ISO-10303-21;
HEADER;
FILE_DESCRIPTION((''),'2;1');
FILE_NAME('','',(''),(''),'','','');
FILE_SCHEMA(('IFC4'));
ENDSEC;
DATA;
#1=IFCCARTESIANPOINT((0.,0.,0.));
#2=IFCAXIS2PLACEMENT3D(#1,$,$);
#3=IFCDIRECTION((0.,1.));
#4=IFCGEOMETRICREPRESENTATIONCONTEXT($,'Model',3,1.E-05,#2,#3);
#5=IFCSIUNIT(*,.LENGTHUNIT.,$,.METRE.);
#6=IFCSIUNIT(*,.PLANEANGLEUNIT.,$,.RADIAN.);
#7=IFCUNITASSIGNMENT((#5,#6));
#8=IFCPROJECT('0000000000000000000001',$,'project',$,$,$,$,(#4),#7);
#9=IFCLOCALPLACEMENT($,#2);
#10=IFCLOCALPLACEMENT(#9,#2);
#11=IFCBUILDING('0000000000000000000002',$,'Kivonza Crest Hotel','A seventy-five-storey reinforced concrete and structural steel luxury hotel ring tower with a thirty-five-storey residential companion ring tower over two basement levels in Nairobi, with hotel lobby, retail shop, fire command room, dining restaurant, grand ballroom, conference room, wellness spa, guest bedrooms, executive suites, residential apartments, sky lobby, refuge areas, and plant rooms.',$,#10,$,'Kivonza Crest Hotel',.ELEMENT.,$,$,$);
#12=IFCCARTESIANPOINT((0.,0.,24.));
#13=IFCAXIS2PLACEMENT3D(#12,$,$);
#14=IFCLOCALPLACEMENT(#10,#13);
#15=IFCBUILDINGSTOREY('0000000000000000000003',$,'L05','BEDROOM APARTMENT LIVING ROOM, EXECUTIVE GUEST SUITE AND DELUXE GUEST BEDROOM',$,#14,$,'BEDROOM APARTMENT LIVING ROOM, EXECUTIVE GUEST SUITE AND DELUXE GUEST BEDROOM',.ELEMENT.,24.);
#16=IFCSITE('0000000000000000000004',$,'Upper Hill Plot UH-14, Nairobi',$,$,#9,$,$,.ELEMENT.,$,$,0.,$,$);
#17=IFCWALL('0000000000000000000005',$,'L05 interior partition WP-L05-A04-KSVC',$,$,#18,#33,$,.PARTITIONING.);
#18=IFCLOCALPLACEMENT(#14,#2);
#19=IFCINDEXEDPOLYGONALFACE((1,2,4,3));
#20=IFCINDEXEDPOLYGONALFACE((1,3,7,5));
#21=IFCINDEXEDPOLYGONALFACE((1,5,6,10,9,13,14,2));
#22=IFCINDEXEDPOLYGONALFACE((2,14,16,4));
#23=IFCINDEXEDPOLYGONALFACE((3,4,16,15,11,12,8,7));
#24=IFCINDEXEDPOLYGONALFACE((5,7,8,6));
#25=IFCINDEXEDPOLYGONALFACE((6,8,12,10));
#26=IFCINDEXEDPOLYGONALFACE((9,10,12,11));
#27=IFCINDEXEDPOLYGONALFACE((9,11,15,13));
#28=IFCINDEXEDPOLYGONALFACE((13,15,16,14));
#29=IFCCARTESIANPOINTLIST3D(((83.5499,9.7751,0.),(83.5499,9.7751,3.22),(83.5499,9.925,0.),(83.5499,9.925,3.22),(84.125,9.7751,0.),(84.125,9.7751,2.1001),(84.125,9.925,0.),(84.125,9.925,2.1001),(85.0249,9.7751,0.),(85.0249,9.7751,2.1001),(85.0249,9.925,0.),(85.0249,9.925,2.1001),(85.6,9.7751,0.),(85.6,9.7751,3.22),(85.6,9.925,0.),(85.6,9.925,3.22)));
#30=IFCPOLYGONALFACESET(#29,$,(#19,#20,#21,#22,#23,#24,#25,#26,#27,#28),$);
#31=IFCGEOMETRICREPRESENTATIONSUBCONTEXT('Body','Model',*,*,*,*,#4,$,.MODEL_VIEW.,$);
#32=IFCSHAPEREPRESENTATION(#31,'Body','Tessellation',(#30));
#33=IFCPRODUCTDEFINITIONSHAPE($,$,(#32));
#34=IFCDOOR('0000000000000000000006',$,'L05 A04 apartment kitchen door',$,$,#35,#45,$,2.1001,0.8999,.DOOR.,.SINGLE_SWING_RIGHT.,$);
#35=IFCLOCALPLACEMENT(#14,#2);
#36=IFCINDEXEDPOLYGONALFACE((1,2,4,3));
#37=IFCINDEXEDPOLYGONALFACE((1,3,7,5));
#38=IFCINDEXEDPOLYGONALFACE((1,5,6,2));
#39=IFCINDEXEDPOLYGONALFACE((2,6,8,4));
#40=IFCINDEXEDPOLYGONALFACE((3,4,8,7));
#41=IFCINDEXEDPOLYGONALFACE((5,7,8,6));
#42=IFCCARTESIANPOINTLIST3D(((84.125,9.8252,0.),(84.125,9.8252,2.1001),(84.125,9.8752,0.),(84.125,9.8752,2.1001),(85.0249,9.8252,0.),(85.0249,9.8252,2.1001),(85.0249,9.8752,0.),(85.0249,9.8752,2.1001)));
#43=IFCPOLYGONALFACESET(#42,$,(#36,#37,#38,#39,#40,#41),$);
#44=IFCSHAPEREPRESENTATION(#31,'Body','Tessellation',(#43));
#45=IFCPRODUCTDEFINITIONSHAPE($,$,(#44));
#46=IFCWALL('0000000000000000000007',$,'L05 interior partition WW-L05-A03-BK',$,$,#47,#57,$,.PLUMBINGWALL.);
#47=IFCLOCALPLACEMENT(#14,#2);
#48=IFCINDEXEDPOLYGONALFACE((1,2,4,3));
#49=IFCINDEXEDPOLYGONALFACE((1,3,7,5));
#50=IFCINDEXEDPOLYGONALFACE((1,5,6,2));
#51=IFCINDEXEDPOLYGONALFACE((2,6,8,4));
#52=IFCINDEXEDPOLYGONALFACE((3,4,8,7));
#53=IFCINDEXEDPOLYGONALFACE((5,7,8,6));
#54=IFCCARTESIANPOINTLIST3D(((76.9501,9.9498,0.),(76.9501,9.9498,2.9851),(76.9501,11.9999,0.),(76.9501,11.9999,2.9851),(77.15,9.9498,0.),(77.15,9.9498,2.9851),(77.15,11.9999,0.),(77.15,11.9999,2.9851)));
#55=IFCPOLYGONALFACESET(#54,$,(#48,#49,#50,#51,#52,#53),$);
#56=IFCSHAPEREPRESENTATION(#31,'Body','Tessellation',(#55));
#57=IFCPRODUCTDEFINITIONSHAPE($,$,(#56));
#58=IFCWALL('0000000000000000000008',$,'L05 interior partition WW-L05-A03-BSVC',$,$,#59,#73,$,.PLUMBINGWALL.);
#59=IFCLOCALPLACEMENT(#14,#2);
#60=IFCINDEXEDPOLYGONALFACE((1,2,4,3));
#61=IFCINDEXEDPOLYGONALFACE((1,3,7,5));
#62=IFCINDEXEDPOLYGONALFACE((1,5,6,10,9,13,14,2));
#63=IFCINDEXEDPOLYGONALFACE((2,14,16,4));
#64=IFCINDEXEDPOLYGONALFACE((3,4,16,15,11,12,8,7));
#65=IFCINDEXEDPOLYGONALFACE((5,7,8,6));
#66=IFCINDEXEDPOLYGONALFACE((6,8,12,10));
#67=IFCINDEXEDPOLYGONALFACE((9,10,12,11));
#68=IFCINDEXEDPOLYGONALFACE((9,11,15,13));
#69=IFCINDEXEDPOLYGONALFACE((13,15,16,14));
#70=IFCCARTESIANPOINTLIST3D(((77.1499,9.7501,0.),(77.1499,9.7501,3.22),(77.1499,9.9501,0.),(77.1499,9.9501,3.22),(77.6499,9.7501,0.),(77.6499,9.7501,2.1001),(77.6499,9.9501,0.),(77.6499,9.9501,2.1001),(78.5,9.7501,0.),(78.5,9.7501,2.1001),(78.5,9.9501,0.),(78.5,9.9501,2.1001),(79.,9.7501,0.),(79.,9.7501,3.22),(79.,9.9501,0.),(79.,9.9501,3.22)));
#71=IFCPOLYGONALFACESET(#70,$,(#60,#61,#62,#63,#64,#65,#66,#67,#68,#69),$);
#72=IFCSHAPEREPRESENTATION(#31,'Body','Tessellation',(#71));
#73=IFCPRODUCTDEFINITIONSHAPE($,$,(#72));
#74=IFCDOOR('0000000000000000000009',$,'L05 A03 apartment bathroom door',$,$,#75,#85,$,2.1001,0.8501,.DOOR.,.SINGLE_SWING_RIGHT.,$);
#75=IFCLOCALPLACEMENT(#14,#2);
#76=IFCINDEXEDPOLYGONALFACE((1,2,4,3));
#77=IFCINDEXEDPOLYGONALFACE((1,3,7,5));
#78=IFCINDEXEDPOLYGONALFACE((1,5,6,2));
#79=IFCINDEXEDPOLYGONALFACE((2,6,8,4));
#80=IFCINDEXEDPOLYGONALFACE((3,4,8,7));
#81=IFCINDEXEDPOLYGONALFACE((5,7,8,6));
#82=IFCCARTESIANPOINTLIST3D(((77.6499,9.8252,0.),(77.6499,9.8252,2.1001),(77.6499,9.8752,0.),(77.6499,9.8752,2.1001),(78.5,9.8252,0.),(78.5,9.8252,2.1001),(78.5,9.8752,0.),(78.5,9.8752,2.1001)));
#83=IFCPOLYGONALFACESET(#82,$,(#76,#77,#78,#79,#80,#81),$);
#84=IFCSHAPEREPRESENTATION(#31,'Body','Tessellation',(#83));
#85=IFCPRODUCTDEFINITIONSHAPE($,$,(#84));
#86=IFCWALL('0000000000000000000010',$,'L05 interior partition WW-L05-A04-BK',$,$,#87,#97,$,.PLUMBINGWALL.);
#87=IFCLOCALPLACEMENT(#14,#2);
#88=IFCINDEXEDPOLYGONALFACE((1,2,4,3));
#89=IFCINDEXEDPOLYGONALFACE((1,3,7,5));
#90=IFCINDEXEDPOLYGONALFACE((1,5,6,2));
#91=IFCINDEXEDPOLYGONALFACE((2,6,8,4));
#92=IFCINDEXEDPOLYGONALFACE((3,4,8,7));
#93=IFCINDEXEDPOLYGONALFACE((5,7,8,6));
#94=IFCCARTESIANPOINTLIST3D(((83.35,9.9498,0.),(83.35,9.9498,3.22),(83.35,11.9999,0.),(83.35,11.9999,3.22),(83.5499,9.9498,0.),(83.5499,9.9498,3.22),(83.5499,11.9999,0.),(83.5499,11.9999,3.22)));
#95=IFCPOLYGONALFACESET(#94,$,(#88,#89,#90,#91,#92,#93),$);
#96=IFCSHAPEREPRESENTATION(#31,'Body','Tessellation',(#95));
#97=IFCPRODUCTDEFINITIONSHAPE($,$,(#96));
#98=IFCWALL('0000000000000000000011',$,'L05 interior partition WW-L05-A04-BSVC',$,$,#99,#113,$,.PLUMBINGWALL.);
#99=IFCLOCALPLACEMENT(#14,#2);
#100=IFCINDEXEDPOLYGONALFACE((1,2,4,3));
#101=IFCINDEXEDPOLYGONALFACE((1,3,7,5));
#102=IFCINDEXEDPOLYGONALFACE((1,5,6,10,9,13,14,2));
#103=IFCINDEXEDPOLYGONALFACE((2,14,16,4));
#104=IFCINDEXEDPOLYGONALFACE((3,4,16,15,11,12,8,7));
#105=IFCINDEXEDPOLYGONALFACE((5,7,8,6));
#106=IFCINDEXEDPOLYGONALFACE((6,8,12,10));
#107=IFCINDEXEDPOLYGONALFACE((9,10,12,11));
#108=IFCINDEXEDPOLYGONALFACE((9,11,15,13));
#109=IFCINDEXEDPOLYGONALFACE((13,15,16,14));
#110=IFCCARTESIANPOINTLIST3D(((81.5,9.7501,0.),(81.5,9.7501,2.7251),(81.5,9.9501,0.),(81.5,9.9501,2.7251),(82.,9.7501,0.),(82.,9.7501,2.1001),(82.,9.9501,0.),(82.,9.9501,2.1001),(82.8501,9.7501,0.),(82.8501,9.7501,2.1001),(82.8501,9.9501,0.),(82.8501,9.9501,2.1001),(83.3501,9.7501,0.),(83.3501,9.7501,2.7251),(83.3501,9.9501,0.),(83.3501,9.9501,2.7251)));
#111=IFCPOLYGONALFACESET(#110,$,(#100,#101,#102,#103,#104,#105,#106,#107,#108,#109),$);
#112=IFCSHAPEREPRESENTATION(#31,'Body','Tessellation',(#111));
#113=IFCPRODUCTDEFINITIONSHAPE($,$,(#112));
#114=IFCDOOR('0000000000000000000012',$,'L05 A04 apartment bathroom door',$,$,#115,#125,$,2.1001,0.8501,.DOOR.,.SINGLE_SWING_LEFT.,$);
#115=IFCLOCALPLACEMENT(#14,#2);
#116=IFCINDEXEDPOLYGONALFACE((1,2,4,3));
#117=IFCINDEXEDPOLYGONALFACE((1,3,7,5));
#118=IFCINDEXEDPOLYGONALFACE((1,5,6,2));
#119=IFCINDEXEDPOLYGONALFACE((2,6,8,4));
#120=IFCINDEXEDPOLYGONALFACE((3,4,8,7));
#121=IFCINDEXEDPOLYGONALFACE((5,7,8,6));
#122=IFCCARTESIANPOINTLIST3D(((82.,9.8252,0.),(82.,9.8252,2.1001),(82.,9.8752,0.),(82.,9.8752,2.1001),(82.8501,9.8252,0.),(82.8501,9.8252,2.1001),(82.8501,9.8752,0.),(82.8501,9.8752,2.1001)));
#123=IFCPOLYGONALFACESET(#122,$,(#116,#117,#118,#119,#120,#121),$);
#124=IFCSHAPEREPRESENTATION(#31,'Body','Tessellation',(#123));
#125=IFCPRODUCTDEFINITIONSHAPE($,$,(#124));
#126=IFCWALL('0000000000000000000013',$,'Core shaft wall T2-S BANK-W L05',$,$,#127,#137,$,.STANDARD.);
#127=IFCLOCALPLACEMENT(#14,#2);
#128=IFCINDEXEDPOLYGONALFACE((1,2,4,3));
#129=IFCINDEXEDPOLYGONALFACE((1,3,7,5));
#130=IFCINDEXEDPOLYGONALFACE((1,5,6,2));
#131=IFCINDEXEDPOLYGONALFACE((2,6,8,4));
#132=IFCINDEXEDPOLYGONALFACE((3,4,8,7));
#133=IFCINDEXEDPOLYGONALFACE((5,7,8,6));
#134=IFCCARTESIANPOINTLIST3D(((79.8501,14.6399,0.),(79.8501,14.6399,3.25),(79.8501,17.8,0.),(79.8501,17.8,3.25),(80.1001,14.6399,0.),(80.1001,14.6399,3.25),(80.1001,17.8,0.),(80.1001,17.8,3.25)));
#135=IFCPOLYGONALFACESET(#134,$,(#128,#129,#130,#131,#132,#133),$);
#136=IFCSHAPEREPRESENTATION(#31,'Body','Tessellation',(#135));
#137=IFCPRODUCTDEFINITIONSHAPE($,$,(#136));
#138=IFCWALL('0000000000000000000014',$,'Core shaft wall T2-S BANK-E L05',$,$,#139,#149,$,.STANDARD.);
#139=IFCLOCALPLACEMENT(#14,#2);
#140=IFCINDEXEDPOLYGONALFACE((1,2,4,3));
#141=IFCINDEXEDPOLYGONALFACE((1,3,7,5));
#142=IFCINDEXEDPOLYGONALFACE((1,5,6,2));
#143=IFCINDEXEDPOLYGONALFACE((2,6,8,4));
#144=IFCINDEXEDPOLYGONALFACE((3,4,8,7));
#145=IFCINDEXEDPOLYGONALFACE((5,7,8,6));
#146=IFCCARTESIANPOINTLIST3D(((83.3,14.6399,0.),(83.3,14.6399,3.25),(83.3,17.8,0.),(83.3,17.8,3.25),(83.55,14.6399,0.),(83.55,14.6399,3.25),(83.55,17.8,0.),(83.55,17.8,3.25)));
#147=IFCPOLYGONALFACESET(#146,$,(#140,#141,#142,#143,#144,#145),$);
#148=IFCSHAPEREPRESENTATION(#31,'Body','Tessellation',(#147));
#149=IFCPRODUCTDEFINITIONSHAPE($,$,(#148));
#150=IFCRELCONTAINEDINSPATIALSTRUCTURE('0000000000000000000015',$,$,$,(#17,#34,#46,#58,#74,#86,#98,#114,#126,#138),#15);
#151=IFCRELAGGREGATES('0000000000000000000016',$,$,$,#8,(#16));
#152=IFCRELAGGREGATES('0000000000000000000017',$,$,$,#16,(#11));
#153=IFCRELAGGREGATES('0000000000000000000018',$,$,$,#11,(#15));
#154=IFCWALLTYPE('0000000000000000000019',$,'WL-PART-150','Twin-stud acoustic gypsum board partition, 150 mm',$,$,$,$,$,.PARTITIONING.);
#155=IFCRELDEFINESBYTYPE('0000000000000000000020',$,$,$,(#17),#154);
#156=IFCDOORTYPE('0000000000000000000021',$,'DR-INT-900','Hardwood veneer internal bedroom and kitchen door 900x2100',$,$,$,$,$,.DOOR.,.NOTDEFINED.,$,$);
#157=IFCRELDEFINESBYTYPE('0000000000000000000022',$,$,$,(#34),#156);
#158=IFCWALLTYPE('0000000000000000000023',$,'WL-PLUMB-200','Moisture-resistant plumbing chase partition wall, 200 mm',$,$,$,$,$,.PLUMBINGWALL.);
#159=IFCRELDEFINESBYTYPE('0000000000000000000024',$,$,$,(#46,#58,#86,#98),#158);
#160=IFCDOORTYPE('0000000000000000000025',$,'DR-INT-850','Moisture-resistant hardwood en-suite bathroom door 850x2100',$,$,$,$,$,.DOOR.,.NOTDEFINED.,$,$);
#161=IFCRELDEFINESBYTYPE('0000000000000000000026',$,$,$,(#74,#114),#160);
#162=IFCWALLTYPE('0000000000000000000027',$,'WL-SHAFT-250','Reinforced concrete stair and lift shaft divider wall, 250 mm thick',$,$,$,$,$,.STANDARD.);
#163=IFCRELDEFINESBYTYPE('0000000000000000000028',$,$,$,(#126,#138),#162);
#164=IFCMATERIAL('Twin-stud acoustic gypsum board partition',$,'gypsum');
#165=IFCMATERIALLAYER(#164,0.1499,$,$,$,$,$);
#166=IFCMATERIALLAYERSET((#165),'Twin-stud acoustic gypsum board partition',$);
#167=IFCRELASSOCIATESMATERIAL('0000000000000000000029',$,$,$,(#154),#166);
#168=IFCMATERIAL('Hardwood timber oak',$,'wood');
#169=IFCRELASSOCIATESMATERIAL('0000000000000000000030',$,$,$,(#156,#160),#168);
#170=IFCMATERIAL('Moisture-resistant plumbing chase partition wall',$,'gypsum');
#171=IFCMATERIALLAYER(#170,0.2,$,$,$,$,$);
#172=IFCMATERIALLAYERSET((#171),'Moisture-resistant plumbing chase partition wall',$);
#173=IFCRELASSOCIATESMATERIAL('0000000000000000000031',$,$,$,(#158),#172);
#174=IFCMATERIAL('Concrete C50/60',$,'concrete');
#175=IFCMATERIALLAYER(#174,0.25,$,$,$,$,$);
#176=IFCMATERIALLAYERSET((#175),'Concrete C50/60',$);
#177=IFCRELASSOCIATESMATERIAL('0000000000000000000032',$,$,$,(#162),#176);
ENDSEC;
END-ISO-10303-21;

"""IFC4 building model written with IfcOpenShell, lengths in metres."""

from ifc_helpers import new_model, si_unit, direction, frame, frame_2d, origin, place, context, subcontext, project, spatial, rectangle, extrude, material, layer, layer_set, type_object, element, fill, save


model = new_model("IFC4")

# Units and contexts
model_context = context("Model", 3, precision=1e-05, world=origin(), true_north=direction((0.0, 1.0)))
body_context = subcontext(model_context, "Body", "Model", "MODEL_VIEW")
ifc_project = project(units=[si_unit("LENGTHUNIT", "METRE"), si_unit("PLANEANGLEUNIT", "RADIAN")], contexts=[model_context])

# Site, building, storey
site_placement = place(None, origin())
site = spatial("IfcSite", under=ifc_project, at=site_placement, Name="Upper Hill Plot UH-14, Nairobi", CompositionType="ELEMENT", RefElevation=0.0)
building_placement = place(site_placement, origin())
building = spatial("IfcBuilding", under=site, at=building_placement, Name="Kivonza Crest Hotel", Description="A seventy-five-storey reinforced concrete and structural steel luxury hotel ring tower with a thirty-five-storey residential companion ring tower over two basement levels in Nairobi, with hotel lobby, retail shop, fire command room, dining restaurant, grand ballroom, conference room, wellness spa, guest bedrooms, executive suites, residential apartments, sky lobby, refuge areas, and plant rooms.", LongName="Kivonza Crest Hotel", CompositionType="ELEMENT")
storey_placement = place(building_placement, frame((0.0, 0.0, 24.0)))
storey = spatial("IfcBuildingStorey", under=building, at=storey_placement, Name="L05", Description="BEDROOM APARTMENT LIVING ROOM, EXECUTIVE GUEST SUITE AND DELUXE GUEST BEDROOM", LongName="BEDROOM APARTMENT LIVING ROOM, EXECUTIVE GUEST SUITE AND DELUXE GUEST BEDROOM", CompositionType="ELEMENT", Elevation=24.0)

# Shared definitions
ifc_material_1 = material(Name="Twin-stud acoustic gypsum board partition", Category="gypsum")
ifc_layer_1 = layer(ifc_material_1, 0.1499)
ifc_layer_set_1 = layer_set([ifc_layer_1], Name="Twin-stud acoustic gypsum board partition")
wall_type_1 = type_object("IfcWallType", Name="WL-PART-150", Description="Twin-stud acoustic gypsum board partition, 150 mm", PredefinedType="PARTITIONING", material=ifc_layer_set_1)

# Wall, opening, door
ifc_material_2 = material(Name="Hardwood timber oak", Category="wood")
door_type_1 = type_object("IfcDoorType", Name="DR-INT-900", Description="Hardwood veneer internal bedroom and kitchen door 900x2100", OperationType="NOTDEFINED", PredefinedType="DOOR", material=ifc_material_2)
wall_1_placement = place(storey_placement, frame((83.55, 9.8501, 0.0), z_axis=(0.0, 0.0, 1.0), x_axis=(1.0, 0.0, 0.0)))
wall_1 = element("IfcWall", 1, at=wall_1_placement, inside=storey, type_object=wall_type_1, Name="L05 interior partition WP-L05-A04-KSVC", PredefinedType="PARTITIONING", context=body_context, shape_type="SweptSolid", body=[
    extrude(rectangle(XDim=2.05, YDim=0.1499, at=frame_2d((1.0249, 0.0))), origin(), (0.0, 0.0, 1.0), 3.22),
])
opening_1_placement = place(wall_1_placement, frame((0.575, 0.0, 0.0)))
opening_1 = element("IfcOpeningElement", 2, at=opening_1_placement, cuts=wall_1, PredefinedType="OPENING", context=body_context, shape_type="SweptSolid", body=[
    extrude(rectangle(XDim=0.8999, YDim=2.1001, at=frame_2d((0.45, 1.05))), frame((0.0, 0.085, 0.0), z_axis=(0.0, -1.0, 0.0), x_axis=(1.0, 0.0, 0.0)), (0.0, 0.0, 1.0), 0.1699),
])
door_1_placement = place(opening_1_placement, frame((0.8999, 0.0, 0.0), z_axis=(0.0, 0.0, 1.0), x_axis=(-1.0, 0.0, 0.0)))
door_1 = element("IfcDoor", 3, at=door_1_placement, inside=storey, type_object=door_type_1, Name="L05 A04 apartment kitchen door", OperationType="SINGLE_SWING_RIGHT", OverallHeight=2.1001, OverallWidth=0.8999, PredefinedType="DOOR", context=body_context, shape_type="SweptSolid", body=[
    extrude(rectangle(XDim=0.8999, YDim=2.1001, at=frame_2d((0.45, 1.05))), frame((0.0, 0.0249, 0.0), z_axis=(0.0, -1.0, 0.0), x_axis=(1.0, 0.0, 0.0)), (0.0, 0.0, 1.0), 0.05),
])
fill(opening_1, door_1)

# Wall
ifc_material_3 = material(Name="Moisture-resistant plumbing chase partition wall", Category="gypsum")
ifc_layer_2 = layer(ifc_material_3, 0.2)
ifc_layer_set_2 = layer_set([ifc_layer_2], Name="Moisture-resistant plumbing chase partition wall")
wall_type_2 = type_object("IfcWallType", Name="WL-PLUMB-200", Description="Moisture-resistant plumbing chase partition wall, 200 mm", PredefinedType="PLUMBINGWALL", material=ifc_layer_set_2)
wall_2_placement = place(storey_placement, frame((77.05, 9.95, 0.0), z_axis=(0.0, 0.0, 1.0), x_axis=(0.0, 1.0, 0.0)))
element("IfcWall", 4, at=wall_2_placement, inside=storey, type_object=wall_type_2, Name="L05 interior partition WW-L05-A03-BK", PredefinedType="PLUMBINGWALL", context=body_context, shape_type="SweptSolid", body=[
    extrude(rectangle(XDim=2.05, YDim=0.2, at=frame_2d((1.0249, 0.0))), origin(), (0.0, 0.0, 1.0), 2.9851),
])

# Wall, opening, door
wall_3_placement = place(storey_placement, frame((77.1499, 9.8501, 0.0), z_axis=(0.0, 0.0, 1.0), x_axis=(1.0, 0.0, 0.0)))
wall_3 = element("IfcWall", 5, at=wall_3_placement, inside=storey, type_object=wall_type_2, Name="L05 interior partition WW-L05-A03-BSVC", PredefinedType="PLUMBINGWALL", context=body_context, shape_type="SweptSolid", body=[
    extrude(rectangle(XDim=1.8501, YDim=0.2, at=frame_2d((0.925, 0.0))), origin(), (0.0, 0.0, 1.0), 3.22),
])
opening_2_placement = place(wall_3_placement, frame((0.5, 0.0, 0.0)))
opening_2 = element("IfcOpeningElement", 6, at=opening_2_placement, cuts=wall_3, PredefinedType="OPENING", context=body_context, shape_type="SweptSolid", body=[
    extrude(rectangle(XDim=0.8501, YDim=2.1001, at=frame_2d((0.425, 1.05))), frame((0.0, 0.1099, 0.0), z_axis=(0.0, -1.0, 0.0), x_axis=(1.0, 0.0, 0.0)), (0.0, 0.0, 1.0), 0.22),
])
door_type_2 = type_object("IfcDoorType", Name="DR-INT-850", Description="Moisture-resistant hardwood en-suite bathroom door 850x2100", OperationType="NOTDEFINED", PredefinedType="DOOR", material=ifc_material_2)
door_2_placement = place(opening_2_placement, frame((0.8501, 0.0, 0.0), z_axis=(0.0, 0.0, 1.0), x_axis=(-1.0, 0.0, 0.0)))
door_2 = element("IfcDoor", 7, at=door_2_placement, inside=storey, type_object=door_type_2, Name="L05 A03 apartment bathroom door", OperationType="SINGLE_SWING_RIGHT", OverallHeight=2.1001, OverallWidth=0.8501, PredefinedType="DOOR", context=body_context, shape_type="SweptSolid", body=[
    extrude(rectangle(XDim=0.8501, YDim=2.1001, at=frame_2d((0.425, 1.05))), frame((0.0, 0.0249, 0.0), z_axis=(0.0, -1.0, 0.0), x_axis=(1.0, 0.0, 0.0)), (0.0, 0.0, 1.0), 0.05),
])
fill(opening_2, door_2)

# Wall
wall_4_placement = place(storey_placement, frame((83.45, 9.95, 0.0), z_axis=(0.0, 0.0, 1.0), x_axis=(0.0, 1.0, 0.0)))
element("IfcWall", 8, at=wall_4_placement, inside=storey, type_object=wall_type_2, Name="L05 interior partition WW-L05-A04-BK", PredefinedType="PLUMBINGWALL", context=body_context, shape_type="SweptSolid", body=[
    extrude(rectangle(XDim=2.05, YDim=0.2, at=frame_2d((1.0249, 0.0))), origin(), (0.0, 0.0, 1.0), 3.22),
])

# Wall, opening, door
wall_5_placement = place(storey_placement, frame((81.5, 9.8501, 0.0), z_axis=(0.0, 0.0, 1.0), x_axis=(1.0, 0.0, 0.0)))
wall_5 = element("IfcWall", 9, at=wall_5_placement, inside=storey, type_object=wall_type_2, Name="L05 interior partition WW-L05-A04-BSVC", PredefinedType="PLUMBINGWALL", context=body_context, shape_type="SweptSolid", body=[
    extrude(rectangle(XDim=1.8501, YDim=0.2, at=frame_2d((0.925, 0.0))), origin(), (0.0, 0.0, 1.0), 2.7251),
])
opening_3_placement = place(wall_5_placement, frame((0.5, 0.0, 0.0)))
opening_3 = element("IfcOpeningElement", 10, at=opening_3_placement, cuts=wall_5, PredefinedType="OPENING", context=body_context, shape_type="SweptSolid", body=[
    extrude(rectangle(XDim=0.8501, YDim=2.1001, at=frame_2d((0.425, 1.05))), frame((0.0, 0.1099, 0.0), z_axis=(0.0, -1.0, 0.0), x_axis=(1.0, 0.0, 0.0)), (0.0, 0.0, 1.0), 0.22),
])
door_3_placement = place(opening_3_placement, frame((0.8501, 0.0, 0.0), z_axis=(0.0, 0.0, 1.0), x_axis=(-1.0, 0.0, 0.0)))
door_3 = element("IfcDoor", 11, at=door_3_placement, inside=storey, type_object=door_type_2, Name="L05 A04 apartment bathroom door", OperationType="SINGLE_SWING_LEFT", OverallHeight=2.1001, OverallWidth=0.8501, PredefinedType="DOOR", context=body_context, shape_type="SweptSolid", body=[
    extrude(rectangle(XDim=0.8501, YDim=2.1001, at=frame_2d((0.425, 1.05))), frame((0.0, 0.0249, 0.0), z_axis=(0.0, -1.0, 0.0), x_axis=(1.0, 0.0, 0.0)), (0.0, 0.0, 1.0), 0.05),
])
fill(opening_3, door_3)
ifc_material_4 = material(Name="Concrete C50/60", Category="concrete")
ifc_layer_3 = layer(ifc_material_4, 0.25)
ifc_layer_set_3 = layer_set([ifc_layer_3], Name="Concrete C50/60")
wall_type_3 = type_object("IfcWallType", Name="WL-SHAFT-250", Description="Reinforced concrete stair and lift shaft divider wall, 250 mm thick", PredefinedType="STANDARD", material=ifc_layer_set_3)

# Walls
for number, where, z_axis, x_axis, name in (
    (12, (79.9751, 14.6399, 0.0), (0.0, 0.0, 1.0), (0.0, 1.0, 0.0), "Core shaft wall T2-S BANK-W L05"),
    (13, (83.425, 14.6399, 0.0), (0.0, 0.0, 1.0), (0.0, 1.0, 0.0), "Core shaft wall T2-S BANK-E L05"),
):
    element("IfcWall", number, at=place(storey_placement, frame(where, z_axis=z_axis, x_axis=x_axis)), inside=storey, type_object=wall_type_3, Name=name, PredefinedType="STANDARD", context=body_context, shape_type="SweptSolid", body=[
        extrude(rectangle(XDim=3.1602, YDim=0.25, at=frame_2d((1.5801, 0.0))), origin(), (0.0, 0.0, 1.0), 3.25),
    ])

save(model, "model.ifc")
